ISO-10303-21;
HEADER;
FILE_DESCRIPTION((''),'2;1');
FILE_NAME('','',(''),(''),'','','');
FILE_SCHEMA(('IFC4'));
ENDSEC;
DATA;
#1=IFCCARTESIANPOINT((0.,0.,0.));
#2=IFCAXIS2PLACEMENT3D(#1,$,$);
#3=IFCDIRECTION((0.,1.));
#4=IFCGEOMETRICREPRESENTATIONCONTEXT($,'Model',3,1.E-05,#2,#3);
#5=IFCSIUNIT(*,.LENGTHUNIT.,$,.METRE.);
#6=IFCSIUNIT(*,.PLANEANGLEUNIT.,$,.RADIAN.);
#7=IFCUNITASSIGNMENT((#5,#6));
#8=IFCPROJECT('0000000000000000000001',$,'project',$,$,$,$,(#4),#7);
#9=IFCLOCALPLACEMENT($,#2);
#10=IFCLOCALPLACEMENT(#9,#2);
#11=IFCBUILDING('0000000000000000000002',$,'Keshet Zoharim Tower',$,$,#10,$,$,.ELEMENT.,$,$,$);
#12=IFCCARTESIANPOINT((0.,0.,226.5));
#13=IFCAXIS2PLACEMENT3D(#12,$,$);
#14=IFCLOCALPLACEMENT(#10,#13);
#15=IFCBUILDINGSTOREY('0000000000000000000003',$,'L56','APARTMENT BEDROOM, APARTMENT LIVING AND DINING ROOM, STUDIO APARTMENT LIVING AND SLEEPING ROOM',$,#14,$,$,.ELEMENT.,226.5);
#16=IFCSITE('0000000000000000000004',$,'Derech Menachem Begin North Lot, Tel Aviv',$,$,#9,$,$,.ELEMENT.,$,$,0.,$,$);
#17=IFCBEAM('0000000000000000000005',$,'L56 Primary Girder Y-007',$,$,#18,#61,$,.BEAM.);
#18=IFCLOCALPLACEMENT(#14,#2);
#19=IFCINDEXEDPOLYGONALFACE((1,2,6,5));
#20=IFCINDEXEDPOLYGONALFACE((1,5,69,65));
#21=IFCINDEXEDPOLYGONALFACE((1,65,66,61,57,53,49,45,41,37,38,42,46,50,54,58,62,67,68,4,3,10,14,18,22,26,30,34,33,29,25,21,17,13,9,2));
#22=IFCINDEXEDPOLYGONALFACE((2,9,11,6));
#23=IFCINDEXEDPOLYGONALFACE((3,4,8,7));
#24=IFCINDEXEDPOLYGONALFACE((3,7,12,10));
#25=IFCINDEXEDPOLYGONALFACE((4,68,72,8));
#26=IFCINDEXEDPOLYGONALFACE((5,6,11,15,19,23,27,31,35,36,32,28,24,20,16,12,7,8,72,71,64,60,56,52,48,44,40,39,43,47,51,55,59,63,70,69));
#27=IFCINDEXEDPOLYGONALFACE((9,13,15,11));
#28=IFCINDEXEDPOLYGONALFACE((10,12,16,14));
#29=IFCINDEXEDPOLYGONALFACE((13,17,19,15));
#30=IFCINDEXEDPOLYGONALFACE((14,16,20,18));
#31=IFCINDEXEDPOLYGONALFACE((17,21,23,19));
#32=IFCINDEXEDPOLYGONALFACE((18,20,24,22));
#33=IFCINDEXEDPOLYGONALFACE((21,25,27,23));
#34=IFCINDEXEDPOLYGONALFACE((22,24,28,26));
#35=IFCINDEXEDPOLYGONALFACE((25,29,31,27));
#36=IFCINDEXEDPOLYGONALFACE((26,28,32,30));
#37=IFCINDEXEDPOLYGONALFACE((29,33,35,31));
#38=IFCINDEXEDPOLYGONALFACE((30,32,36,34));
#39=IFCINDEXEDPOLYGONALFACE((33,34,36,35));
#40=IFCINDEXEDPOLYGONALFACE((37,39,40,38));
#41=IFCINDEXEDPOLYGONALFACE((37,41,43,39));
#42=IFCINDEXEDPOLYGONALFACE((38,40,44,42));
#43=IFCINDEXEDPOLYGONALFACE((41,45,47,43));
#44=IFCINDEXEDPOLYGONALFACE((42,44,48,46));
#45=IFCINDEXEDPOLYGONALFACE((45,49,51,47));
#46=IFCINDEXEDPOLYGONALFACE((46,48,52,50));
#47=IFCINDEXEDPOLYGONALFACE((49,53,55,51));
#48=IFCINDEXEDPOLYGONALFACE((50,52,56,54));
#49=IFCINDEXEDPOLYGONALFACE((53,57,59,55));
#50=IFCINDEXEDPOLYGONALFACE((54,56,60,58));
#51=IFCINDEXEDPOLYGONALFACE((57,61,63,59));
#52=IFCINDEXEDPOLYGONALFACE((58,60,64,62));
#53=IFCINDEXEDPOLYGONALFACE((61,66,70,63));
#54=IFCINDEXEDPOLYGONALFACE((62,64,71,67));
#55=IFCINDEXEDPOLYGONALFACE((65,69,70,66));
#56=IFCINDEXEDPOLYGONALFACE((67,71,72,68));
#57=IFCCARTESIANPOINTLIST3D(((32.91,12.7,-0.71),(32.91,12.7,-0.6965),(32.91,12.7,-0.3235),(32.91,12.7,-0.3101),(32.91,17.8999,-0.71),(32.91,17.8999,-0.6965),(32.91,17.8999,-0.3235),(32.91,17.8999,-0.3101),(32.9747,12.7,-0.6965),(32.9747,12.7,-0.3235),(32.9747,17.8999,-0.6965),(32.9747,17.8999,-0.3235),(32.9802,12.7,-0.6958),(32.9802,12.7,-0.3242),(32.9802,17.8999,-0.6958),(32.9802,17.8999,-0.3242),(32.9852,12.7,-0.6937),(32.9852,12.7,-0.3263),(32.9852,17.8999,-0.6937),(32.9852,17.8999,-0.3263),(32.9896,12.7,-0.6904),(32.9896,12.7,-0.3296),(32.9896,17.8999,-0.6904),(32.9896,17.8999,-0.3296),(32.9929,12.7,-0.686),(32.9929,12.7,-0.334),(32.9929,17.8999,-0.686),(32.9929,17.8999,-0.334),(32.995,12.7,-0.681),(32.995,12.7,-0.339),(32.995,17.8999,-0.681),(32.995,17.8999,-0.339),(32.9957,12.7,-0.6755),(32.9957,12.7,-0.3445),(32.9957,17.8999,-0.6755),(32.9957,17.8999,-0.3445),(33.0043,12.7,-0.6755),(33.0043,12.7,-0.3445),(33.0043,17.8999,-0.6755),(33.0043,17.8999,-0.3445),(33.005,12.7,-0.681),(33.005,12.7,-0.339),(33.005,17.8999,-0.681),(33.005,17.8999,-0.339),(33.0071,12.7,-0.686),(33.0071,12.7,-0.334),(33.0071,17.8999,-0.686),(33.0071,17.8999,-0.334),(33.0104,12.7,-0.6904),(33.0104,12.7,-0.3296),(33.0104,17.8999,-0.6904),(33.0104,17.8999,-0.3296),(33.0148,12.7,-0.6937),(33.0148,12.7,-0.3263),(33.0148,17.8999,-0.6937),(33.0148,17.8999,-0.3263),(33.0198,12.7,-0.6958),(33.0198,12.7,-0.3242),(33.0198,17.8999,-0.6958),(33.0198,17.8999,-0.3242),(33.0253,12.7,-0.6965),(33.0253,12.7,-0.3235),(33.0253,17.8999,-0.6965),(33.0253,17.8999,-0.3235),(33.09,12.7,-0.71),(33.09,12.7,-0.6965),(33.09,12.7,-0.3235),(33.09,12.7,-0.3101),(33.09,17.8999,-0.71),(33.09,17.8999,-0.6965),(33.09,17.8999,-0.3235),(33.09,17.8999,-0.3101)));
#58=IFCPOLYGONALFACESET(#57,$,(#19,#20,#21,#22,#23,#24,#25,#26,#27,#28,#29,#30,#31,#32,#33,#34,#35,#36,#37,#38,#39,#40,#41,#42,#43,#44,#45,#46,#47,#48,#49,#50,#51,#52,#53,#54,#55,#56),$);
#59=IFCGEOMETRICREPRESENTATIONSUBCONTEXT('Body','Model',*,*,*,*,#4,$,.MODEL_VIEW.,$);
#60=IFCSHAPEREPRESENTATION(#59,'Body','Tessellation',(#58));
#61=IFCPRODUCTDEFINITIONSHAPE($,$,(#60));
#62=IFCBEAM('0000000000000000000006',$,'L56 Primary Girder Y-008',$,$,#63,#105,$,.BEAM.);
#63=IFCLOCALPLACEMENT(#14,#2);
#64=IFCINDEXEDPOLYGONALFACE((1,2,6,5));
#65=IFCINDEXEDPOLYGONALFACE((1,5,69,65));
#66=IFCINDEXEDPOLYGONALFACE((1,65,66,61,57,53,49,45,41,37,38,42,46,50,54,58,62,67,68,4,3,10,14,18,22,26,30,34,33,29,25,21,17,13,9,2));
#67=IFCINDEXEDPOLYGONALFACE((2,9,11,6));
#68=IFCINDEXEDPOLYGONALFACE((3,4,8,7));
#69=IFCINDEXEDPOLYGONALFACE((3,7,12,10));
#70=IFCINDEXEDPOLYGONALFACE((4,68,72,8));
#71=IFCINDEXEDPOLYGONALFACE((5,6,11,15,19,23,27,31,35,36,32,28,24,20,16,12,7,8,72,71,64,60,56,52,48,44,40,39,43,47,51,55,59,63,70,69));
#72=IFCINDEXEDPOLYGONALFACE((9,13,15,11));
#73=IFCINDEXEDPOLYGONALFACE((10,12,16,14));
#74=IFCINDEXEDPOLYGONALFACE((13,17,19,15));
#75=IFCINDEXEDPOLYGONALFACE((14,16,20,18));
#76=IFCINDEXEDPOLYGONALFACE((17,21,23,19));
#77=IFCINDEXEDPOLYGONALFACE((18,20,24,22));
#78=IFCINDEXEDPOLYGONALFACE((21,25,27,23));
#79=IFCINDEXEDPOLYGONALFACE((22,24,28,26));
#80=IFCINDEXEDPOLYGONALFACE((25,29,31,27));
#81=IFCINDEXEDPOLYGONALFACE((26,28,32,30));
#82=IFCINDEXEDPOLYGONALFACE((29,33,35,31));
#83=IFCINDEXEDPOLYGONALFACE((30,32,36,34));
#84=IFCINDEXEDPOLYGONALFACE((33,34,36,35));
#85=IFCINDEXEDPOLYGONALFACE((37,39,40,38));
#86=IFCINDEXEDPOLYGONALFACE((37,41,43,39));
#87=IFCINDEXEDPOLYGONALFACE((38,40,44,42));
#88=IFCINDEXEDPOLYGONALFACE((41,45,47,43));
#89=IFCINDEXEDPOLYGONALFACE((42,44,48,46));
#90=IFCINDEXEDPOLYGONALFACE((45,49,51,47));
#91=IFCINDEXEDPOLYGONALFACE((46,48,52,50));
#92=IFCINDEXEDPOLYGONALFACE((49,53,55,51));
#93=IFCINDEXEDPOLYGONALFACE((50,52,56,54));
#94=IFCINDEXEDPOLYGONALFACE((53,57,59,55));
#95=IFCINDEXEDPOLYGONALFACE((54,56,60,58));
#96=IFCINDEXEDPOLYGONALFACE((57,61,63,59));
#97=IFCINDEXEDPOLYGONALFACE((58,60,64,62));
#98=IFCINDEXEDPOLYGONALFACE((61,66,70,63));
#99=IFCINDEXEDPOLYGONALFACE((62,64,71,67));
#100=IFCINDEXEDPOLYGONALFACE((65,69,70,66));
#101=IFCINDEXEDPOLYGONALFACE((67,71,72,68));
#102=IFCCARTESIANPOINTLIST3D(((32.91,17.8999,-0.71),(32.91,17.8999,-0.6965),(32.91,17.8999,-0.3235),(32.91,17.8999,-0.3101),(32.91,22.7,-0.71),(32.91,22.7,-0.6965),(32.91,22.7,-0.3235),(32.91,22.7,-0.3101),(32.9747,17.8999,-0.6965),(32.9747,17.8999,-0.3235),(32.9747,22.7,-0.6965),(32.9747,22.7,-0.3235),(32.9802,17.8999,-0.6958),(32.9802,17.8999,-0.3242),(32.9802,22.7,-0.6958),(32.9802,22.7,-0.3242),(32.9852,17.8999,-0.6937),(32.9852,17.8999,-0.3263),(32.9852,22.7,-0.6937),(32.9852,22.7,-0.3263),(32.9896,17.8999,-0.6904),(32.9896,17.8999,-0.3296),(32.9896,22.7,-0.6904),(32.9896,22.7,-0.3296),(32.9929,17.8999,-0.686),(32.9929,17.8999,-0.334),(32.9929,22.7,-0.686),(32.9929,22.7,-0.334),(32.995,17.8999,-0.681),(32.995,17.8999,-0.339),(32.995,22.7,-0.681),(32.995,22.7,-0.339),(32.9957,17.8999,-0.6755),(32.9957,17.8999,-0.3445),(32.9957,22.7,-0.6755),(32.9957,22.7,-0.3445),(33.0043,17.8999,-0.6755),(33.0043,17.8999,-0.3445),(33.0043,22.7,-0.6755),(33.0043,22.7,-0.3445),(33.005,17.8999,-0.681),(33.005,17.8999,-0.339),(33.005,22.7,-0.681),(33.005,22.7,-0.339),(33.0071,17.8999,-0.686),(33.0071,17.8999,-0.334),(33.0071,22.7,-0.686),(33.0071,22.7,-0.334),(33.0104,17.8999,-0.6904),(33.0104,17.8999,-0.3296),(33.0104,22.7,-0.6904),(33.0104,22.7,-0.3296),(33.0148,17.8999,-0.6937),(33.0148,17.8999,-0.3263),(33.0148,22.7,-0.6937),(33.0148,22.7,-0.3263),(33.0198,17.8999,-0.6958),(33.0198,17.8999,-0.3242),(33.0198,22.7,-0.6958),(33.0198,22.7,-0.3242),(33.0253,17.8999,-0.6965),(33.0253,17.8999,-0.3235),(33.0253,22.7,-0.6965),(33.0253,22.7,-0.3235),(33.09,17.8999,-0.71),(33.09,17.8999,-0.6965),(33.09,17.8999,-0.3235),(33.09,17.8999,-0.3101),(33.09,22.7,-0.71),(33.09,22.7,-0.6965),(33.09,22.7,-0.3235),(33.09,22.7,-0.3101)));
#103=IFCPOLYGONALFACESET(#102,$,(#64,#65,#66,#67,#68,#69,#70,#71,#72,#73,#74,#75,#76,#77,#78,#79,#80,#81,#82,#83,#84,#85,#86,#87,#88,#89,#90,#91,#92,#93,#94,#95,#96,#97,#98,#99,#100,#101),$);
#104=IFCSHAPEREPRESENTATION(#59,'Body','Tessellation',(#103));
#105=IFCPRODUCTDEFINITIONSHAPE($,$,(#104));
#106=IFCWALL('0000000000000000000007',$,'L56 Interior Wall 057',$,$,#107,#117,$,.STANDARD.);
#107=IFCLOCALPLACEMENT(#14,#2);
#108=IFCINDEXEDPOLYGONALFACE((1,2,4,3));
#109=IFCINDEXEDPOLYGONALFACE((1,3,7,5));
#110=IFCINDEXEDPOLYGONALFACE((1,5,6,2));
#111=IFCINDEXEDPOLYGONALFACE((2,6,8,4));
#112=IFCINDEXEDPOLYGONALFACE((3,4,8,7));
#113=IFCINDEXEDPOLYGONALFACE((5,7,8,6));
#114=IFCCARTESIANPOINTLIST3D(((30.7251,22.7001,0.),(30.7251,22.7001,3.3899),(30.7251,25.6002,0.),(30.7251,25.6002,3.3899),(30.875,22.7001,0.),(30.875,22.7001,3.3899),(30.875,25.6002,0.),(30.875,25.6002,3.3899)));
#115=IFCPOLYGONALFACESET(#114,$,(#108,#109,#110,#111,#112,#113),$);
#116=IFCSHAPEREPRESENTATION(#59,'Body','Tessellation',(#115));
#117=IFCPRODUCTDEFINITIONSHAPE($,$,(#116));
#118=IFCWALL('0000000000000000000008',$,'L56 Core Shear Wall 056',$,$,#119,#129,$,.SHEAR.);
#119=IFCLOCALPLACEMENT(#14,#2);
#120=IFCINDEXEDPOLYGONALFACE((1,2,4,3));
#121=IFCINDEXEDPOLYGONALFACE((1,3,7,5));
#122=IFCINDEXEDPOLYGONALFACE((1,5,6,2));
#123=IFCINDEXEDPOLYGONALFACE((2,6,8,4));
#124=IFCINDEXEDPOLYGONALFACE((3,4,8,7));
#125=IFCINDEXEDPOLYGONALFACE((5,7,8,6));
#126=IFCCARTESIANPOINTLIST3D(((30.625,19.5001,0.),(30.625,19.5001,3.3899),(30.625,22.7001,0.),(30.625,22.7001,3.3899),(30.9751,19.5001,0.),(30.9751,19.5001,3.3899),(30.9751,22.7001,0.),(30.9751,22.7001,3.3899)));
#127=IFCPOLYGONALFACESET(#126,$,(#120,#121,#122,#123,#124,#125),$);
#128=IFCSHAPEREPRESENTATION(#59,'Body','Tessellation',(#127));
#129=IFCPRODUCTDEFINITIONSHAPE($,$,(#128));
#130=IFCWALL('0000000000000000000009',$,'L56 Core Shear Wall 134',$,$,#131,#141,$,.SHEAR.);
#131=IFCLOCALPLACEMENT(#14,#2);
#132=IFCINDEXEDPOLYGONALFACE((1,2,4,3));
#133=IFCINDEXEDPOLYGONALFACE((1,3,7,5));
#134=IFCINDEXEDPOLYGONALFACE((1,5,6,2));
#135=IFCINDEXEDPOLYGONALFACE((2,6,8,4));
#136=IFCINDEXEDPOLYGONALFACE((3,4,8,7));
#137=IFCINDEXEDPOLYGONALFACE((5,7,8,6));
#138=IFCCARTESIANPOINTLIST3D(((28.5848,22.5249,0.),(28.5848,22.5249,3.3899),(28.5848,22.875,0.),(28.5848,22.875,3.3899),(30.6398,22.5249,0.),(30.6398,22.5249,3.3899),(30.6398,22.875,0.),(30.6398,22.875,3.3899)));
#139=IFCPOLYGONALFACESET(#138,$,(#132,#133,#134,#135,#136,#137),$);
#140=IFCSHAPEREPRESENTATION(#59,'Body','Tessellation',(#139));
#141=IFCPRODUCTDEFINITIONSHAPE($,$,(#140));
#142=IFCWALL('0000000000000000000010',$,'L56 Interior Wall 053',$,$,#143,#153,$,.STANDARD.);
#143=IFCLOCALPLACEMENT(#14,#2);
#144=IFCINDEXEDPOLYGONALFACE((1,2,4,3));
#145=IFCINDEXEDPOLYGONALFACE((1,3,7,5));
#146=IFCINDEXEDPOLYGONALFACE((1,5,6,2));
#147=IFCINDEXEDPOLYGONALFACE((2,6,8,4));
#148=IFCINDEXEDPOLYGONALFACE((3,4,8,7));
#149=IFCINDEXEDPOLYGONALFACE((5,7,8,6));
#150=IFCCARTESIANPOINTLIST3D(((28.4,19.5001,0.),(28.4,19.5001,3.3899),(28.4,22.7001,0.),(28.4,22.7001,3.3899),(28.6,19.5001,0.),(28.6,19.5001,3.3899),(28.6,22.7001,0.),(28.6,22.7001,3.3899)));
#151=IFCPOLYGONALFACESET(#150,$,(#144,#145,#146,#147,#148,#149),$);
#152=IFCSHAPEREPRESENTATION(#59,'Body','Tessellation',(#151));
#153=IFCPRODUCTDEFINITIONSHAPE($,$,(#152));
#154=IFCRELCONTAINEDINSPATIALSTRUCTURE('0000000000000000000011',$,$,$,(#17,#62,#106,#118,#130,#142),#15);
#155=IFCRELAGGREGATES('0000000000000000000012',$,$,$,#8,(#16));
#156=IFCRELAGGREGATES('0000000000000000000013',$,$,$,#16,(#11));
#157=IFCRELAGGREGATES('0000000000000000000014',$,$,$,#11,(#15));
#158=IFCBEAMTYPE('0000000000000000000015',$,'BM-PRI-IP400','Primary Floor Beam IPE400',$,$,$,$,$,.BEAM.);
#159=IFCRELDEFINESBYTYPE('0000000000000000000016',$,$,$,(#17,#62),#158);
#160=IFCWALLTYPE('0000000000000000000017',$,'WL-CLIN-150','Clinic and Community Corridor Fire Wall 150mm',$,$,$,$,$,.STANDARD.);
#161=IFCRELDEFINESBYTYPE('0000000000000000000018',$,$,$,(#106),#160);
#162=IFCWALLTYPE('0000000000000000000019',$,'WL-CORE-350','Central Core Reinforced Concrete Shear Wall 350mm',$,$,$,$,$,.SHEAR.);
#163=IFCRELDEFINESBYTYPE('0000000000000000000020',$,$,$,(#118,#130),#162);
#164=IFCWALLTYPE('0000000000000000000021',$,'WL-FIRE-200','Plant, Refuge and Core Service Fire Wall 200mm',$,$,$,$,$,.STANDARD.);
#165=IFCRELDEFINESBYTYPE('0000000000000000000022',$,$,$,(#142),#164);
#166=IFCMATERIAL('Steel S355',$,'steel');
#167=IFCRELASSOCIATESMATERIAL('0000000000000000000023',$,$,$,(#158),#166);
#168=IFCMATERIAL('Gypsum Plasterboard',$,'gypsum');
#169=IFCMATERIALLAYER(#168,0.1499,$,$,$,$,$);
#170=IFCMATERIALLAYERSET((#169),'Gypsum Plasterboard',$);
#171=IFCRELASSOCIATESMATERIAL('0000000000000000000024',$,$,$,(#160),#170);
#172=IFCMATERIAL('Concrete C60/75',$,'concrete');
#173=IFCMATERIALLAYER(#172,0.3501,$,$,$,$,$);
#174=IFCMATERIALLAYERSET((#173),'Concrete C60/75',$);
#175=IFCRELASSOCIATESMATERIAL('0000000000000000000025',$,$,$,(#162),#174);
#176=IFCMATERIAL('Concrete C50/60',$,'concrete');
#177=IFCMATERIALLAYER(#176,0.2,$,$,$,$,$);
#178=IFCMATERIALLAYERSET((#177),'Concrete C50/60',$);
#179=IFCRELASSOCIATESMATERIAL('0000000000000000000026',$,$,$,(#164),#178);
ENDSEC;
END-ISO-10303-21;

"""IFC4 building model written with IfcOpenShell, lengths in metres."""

from ifc_helpers import new_model, si_unit, direction, frame, frame_2d, origin, origin_2d, place, context, subcontext, project, spatial, rectangle, i_section, extrude, material, layer, layer_set, material_profile, profile_set, type_object, element, save


model = new_model("IFC4")

# Units and contexts
model_context = context("Model", 3, precision=1e-05, world=origin(), true_north=direction((0.0, 1.0)))
body_context = subcontext(model_context, "Body", "Model", "MODEL_VIEW")
ifc_project = project(units=[si_unit("LENGTHUNIT", "METRE"), si_unit("PLANEANGLEUNIT", "RADIAN")], contexts=[model_context])

# Site, building, storey
site_placement = place(None, origin())
site = spatial("IfcSite", under=ifc_project, at=site_placement, Name="Derech Menachem Begin North Lot, Tel Aviv", CompositionType="ELEMENT", RefElevation=0.0)
building_placement = place(site_placement, origin())
building = spatial("IfcBuilding", under=site, at=building_placement, Name="Keshet Zoharim Tower", CompositionType="ELEMENT")
storey_placement = place(building_placement, frame((0.0, 0.0, 226.5)))
storey = spatial("IfcBuildingStorey", under=building, at=storey_placement, Name="L56", Description="APARTMENT BEDROOM, APARTMENT LIVING AND DINING ROOM, STUDIO APARTMENT LIVING AND SLEEPING ROOM", CompositionType="ELEMENT", Elevation=226.5)

# Shared definitions
ifc_material_1 = material(Name="Concrete C50/60", Category="concrete")

# Beams
ifc_material_2 = material(Name="Steel S355", Category="steel")
ifc_material_profile_1 = material_profile(ifc_material_2, i_section(OverallWidth=0.1799, OverallDepth=0.3999, WebThickness=0.0085, FlangeThickness=0.0134, FilletRadius=0.021, at=origin_2d()), Name="IPE400")
ifc_profile_set_1 = profile_set([ifc_material_profile_1], Name="Steel S355")
beam_type_1 = type_object("IfcBeamType", Name="BM-PRI-IP400", Description="Primary Floor Beam IPE400", PredefinedType="BEAM", material=ifc_profile_set_1)
beam_1_placement = place(storey_placement, frame((33.0, 12.7, -0.51), z_axis=(0.0, 1.0, 0.0), x_axis=(-1.0, 0.0, 0.0)))
element("IfcBeam", 1, at=beam_1_placement, inside=storey, type_object=beam_type_1, Name="L56 Primary Girder Y-007", PredefinedType="BEAM", context=body_context, shape_type="SweptSolid", body=[
    extrude(i_section(OverallWidth=0.1799, OverallDepth=0.3999, WebThickness=0.0085, FlangeThickness=0.0134, FilletRadius=0.021, at=origin_2d()), origin(), (0.0, 0.0, 1.0), 5.2),
])
beam_2_placement = place(storey_placement, frame((33.0, 17.8999, -0.51), z_axis=(0.0, 1.0, 0.0), x_axis=(-1.0, 0.0, 0.0)))
element("IfcBeam", 2, at=beam_2_placement, inside=storey, type_object=beam_type_1, Name="L56 Primary Girder Y-008", PredefinedType="BEAM", context=body_context, shape_type="SweptSolid", body=[
    extrude(i_section(OverallWidth=0.1799, OverallDepth=0.3999, WebThickness=0.0085, FlangeThickness=0.0134, FilletRadius=0.021, at=origin_2d()), origin(), (0.0, 0.0, 1.0), 4.8),
])

# Walls
ifc_material_3 = material(Name="Gypsum Plasterboard", Category="gypsum")
ifc_layer_1 = layer(ifc_material_3, 0.1499)
ifc_layer_set_1 = layer_set([ifc_layer_1], Name="Gypsum Plasterboard")
wall_type_1 = type_object("IfcWallType", Name="WL-CLIN-150", Description="Clinic and Community Corridor Fire Wall 150mm", PredefinedType="STANDARD", material=ifc_layer_set_1)
wall_1_placement = place(storey_placement, frame((30.8, 22.7, 0.0), z_axis=(0.0, 0.0, 1.0), x_axis=(0.0, 1.0, 0.0)))
element("IfcWall", 3, at=wall_1_placement, inside=storey, type_object=wall_type_1, Name="L56 Interior Wall 057", PredefinedType="STANDARD", context=body_context, shape_type="SweptSolid", body=[
    extrude(rectangle(XDim=2.9001, YDim=0.1499, at=frame_2d((1.4502, 0.0))), origin(), (0.0, 0.0, 1.0), 3.3899),
])
ifc_material_4 = material(Name="Concrete C60/75", Category="concrete")
ifc_layer_2 = layer(ifc_material_4, 0.3501)
ifc_layer_set_2 = layer_set([ifc_layer_2], Name="Concrete C60/75")
wall_type_2 = type_object("IfcWallType", Name="WL-CORE-350", Description="Central Core Reinforced Concrete Shear Wall 350mm", PredefinedType="SHEAR", material=ifc_layer_set_2)
wall_2_placement = place(storey_placement, frame((30.8, 19.5, 0.0), z_axis=(0.0, 0.0, 1.0), x_axis=(0.0, 1.0, 0.0)))
element("IfcWall", 4, at=wall_2_placement, inside=storey, type_object=wall_type_2, Name="L56 Core Shear Wall 056", PredefinedType="SHEAR", context=body_context, shape_type="SweptSolid", body=[
    extrude(rectangle(XDim=3.2, YDim=0.3501, at=frame_2d((1.6001, 0.0))), origin(), (0.0, 0.0, 1.0), 3.3899),
])
wall_3_placement = place(storey_placement, frame((28.585, 22.7, 0.0), z_axis=(0.0, 0.0, 1.0), x_axis=(1.0, 0.0, 0.0)))
element("IfcWall", 5, at=wall_3_placement, inside=storey, type_object=wall_type_2, Name="L56 Core Shear Wall 134", PredefinedType="SHEAR", context=body_context, shape_type="SweptSolid", body=[
    extrude(rectangle(XDim=2.0549, YDim=0.3501, at=frame_2d((1.0273, 0.0))), origin(), (0.0, 0.0, 1.0), 3.3899),
])

# Wall
ifc_layer_3 = layer(ifc_material_1, 0.2)
ifc_layer_set_3 = layer_set([ifc_layer_3], Name="Concrete C50/60")
wall_type_3 = type_object("IfcWallType", Name="WL-FIRE-200", Description="Plant, Refuge and Core Service Fire Wall 200mm", PredefinedType="STANDARD", material=ifc_layer_set_3)
wall_4_placement = place(storey_placement, frame((28.5, 19.5, 0.0), z_axis=(0.0, 0.0, 1.0), x_axis=(0.0, 1.0, 0.0)))
element("IfcWall", 6, at=wall_4_placement, inside=storey, type_object=wall_type_3, Name="L56 Interior Wall 053", PredefinedType="STANDARD", context=body_context, shape_type="SweptSolid", body=[
    extrude(rectangle(XDim=3.2, YDim=0.2, at=frame_2d((1.6001, 0.0))), origin(), (0.0, 0.0, 1.0), 3.3899),
])

save(model, "model.ifc")
